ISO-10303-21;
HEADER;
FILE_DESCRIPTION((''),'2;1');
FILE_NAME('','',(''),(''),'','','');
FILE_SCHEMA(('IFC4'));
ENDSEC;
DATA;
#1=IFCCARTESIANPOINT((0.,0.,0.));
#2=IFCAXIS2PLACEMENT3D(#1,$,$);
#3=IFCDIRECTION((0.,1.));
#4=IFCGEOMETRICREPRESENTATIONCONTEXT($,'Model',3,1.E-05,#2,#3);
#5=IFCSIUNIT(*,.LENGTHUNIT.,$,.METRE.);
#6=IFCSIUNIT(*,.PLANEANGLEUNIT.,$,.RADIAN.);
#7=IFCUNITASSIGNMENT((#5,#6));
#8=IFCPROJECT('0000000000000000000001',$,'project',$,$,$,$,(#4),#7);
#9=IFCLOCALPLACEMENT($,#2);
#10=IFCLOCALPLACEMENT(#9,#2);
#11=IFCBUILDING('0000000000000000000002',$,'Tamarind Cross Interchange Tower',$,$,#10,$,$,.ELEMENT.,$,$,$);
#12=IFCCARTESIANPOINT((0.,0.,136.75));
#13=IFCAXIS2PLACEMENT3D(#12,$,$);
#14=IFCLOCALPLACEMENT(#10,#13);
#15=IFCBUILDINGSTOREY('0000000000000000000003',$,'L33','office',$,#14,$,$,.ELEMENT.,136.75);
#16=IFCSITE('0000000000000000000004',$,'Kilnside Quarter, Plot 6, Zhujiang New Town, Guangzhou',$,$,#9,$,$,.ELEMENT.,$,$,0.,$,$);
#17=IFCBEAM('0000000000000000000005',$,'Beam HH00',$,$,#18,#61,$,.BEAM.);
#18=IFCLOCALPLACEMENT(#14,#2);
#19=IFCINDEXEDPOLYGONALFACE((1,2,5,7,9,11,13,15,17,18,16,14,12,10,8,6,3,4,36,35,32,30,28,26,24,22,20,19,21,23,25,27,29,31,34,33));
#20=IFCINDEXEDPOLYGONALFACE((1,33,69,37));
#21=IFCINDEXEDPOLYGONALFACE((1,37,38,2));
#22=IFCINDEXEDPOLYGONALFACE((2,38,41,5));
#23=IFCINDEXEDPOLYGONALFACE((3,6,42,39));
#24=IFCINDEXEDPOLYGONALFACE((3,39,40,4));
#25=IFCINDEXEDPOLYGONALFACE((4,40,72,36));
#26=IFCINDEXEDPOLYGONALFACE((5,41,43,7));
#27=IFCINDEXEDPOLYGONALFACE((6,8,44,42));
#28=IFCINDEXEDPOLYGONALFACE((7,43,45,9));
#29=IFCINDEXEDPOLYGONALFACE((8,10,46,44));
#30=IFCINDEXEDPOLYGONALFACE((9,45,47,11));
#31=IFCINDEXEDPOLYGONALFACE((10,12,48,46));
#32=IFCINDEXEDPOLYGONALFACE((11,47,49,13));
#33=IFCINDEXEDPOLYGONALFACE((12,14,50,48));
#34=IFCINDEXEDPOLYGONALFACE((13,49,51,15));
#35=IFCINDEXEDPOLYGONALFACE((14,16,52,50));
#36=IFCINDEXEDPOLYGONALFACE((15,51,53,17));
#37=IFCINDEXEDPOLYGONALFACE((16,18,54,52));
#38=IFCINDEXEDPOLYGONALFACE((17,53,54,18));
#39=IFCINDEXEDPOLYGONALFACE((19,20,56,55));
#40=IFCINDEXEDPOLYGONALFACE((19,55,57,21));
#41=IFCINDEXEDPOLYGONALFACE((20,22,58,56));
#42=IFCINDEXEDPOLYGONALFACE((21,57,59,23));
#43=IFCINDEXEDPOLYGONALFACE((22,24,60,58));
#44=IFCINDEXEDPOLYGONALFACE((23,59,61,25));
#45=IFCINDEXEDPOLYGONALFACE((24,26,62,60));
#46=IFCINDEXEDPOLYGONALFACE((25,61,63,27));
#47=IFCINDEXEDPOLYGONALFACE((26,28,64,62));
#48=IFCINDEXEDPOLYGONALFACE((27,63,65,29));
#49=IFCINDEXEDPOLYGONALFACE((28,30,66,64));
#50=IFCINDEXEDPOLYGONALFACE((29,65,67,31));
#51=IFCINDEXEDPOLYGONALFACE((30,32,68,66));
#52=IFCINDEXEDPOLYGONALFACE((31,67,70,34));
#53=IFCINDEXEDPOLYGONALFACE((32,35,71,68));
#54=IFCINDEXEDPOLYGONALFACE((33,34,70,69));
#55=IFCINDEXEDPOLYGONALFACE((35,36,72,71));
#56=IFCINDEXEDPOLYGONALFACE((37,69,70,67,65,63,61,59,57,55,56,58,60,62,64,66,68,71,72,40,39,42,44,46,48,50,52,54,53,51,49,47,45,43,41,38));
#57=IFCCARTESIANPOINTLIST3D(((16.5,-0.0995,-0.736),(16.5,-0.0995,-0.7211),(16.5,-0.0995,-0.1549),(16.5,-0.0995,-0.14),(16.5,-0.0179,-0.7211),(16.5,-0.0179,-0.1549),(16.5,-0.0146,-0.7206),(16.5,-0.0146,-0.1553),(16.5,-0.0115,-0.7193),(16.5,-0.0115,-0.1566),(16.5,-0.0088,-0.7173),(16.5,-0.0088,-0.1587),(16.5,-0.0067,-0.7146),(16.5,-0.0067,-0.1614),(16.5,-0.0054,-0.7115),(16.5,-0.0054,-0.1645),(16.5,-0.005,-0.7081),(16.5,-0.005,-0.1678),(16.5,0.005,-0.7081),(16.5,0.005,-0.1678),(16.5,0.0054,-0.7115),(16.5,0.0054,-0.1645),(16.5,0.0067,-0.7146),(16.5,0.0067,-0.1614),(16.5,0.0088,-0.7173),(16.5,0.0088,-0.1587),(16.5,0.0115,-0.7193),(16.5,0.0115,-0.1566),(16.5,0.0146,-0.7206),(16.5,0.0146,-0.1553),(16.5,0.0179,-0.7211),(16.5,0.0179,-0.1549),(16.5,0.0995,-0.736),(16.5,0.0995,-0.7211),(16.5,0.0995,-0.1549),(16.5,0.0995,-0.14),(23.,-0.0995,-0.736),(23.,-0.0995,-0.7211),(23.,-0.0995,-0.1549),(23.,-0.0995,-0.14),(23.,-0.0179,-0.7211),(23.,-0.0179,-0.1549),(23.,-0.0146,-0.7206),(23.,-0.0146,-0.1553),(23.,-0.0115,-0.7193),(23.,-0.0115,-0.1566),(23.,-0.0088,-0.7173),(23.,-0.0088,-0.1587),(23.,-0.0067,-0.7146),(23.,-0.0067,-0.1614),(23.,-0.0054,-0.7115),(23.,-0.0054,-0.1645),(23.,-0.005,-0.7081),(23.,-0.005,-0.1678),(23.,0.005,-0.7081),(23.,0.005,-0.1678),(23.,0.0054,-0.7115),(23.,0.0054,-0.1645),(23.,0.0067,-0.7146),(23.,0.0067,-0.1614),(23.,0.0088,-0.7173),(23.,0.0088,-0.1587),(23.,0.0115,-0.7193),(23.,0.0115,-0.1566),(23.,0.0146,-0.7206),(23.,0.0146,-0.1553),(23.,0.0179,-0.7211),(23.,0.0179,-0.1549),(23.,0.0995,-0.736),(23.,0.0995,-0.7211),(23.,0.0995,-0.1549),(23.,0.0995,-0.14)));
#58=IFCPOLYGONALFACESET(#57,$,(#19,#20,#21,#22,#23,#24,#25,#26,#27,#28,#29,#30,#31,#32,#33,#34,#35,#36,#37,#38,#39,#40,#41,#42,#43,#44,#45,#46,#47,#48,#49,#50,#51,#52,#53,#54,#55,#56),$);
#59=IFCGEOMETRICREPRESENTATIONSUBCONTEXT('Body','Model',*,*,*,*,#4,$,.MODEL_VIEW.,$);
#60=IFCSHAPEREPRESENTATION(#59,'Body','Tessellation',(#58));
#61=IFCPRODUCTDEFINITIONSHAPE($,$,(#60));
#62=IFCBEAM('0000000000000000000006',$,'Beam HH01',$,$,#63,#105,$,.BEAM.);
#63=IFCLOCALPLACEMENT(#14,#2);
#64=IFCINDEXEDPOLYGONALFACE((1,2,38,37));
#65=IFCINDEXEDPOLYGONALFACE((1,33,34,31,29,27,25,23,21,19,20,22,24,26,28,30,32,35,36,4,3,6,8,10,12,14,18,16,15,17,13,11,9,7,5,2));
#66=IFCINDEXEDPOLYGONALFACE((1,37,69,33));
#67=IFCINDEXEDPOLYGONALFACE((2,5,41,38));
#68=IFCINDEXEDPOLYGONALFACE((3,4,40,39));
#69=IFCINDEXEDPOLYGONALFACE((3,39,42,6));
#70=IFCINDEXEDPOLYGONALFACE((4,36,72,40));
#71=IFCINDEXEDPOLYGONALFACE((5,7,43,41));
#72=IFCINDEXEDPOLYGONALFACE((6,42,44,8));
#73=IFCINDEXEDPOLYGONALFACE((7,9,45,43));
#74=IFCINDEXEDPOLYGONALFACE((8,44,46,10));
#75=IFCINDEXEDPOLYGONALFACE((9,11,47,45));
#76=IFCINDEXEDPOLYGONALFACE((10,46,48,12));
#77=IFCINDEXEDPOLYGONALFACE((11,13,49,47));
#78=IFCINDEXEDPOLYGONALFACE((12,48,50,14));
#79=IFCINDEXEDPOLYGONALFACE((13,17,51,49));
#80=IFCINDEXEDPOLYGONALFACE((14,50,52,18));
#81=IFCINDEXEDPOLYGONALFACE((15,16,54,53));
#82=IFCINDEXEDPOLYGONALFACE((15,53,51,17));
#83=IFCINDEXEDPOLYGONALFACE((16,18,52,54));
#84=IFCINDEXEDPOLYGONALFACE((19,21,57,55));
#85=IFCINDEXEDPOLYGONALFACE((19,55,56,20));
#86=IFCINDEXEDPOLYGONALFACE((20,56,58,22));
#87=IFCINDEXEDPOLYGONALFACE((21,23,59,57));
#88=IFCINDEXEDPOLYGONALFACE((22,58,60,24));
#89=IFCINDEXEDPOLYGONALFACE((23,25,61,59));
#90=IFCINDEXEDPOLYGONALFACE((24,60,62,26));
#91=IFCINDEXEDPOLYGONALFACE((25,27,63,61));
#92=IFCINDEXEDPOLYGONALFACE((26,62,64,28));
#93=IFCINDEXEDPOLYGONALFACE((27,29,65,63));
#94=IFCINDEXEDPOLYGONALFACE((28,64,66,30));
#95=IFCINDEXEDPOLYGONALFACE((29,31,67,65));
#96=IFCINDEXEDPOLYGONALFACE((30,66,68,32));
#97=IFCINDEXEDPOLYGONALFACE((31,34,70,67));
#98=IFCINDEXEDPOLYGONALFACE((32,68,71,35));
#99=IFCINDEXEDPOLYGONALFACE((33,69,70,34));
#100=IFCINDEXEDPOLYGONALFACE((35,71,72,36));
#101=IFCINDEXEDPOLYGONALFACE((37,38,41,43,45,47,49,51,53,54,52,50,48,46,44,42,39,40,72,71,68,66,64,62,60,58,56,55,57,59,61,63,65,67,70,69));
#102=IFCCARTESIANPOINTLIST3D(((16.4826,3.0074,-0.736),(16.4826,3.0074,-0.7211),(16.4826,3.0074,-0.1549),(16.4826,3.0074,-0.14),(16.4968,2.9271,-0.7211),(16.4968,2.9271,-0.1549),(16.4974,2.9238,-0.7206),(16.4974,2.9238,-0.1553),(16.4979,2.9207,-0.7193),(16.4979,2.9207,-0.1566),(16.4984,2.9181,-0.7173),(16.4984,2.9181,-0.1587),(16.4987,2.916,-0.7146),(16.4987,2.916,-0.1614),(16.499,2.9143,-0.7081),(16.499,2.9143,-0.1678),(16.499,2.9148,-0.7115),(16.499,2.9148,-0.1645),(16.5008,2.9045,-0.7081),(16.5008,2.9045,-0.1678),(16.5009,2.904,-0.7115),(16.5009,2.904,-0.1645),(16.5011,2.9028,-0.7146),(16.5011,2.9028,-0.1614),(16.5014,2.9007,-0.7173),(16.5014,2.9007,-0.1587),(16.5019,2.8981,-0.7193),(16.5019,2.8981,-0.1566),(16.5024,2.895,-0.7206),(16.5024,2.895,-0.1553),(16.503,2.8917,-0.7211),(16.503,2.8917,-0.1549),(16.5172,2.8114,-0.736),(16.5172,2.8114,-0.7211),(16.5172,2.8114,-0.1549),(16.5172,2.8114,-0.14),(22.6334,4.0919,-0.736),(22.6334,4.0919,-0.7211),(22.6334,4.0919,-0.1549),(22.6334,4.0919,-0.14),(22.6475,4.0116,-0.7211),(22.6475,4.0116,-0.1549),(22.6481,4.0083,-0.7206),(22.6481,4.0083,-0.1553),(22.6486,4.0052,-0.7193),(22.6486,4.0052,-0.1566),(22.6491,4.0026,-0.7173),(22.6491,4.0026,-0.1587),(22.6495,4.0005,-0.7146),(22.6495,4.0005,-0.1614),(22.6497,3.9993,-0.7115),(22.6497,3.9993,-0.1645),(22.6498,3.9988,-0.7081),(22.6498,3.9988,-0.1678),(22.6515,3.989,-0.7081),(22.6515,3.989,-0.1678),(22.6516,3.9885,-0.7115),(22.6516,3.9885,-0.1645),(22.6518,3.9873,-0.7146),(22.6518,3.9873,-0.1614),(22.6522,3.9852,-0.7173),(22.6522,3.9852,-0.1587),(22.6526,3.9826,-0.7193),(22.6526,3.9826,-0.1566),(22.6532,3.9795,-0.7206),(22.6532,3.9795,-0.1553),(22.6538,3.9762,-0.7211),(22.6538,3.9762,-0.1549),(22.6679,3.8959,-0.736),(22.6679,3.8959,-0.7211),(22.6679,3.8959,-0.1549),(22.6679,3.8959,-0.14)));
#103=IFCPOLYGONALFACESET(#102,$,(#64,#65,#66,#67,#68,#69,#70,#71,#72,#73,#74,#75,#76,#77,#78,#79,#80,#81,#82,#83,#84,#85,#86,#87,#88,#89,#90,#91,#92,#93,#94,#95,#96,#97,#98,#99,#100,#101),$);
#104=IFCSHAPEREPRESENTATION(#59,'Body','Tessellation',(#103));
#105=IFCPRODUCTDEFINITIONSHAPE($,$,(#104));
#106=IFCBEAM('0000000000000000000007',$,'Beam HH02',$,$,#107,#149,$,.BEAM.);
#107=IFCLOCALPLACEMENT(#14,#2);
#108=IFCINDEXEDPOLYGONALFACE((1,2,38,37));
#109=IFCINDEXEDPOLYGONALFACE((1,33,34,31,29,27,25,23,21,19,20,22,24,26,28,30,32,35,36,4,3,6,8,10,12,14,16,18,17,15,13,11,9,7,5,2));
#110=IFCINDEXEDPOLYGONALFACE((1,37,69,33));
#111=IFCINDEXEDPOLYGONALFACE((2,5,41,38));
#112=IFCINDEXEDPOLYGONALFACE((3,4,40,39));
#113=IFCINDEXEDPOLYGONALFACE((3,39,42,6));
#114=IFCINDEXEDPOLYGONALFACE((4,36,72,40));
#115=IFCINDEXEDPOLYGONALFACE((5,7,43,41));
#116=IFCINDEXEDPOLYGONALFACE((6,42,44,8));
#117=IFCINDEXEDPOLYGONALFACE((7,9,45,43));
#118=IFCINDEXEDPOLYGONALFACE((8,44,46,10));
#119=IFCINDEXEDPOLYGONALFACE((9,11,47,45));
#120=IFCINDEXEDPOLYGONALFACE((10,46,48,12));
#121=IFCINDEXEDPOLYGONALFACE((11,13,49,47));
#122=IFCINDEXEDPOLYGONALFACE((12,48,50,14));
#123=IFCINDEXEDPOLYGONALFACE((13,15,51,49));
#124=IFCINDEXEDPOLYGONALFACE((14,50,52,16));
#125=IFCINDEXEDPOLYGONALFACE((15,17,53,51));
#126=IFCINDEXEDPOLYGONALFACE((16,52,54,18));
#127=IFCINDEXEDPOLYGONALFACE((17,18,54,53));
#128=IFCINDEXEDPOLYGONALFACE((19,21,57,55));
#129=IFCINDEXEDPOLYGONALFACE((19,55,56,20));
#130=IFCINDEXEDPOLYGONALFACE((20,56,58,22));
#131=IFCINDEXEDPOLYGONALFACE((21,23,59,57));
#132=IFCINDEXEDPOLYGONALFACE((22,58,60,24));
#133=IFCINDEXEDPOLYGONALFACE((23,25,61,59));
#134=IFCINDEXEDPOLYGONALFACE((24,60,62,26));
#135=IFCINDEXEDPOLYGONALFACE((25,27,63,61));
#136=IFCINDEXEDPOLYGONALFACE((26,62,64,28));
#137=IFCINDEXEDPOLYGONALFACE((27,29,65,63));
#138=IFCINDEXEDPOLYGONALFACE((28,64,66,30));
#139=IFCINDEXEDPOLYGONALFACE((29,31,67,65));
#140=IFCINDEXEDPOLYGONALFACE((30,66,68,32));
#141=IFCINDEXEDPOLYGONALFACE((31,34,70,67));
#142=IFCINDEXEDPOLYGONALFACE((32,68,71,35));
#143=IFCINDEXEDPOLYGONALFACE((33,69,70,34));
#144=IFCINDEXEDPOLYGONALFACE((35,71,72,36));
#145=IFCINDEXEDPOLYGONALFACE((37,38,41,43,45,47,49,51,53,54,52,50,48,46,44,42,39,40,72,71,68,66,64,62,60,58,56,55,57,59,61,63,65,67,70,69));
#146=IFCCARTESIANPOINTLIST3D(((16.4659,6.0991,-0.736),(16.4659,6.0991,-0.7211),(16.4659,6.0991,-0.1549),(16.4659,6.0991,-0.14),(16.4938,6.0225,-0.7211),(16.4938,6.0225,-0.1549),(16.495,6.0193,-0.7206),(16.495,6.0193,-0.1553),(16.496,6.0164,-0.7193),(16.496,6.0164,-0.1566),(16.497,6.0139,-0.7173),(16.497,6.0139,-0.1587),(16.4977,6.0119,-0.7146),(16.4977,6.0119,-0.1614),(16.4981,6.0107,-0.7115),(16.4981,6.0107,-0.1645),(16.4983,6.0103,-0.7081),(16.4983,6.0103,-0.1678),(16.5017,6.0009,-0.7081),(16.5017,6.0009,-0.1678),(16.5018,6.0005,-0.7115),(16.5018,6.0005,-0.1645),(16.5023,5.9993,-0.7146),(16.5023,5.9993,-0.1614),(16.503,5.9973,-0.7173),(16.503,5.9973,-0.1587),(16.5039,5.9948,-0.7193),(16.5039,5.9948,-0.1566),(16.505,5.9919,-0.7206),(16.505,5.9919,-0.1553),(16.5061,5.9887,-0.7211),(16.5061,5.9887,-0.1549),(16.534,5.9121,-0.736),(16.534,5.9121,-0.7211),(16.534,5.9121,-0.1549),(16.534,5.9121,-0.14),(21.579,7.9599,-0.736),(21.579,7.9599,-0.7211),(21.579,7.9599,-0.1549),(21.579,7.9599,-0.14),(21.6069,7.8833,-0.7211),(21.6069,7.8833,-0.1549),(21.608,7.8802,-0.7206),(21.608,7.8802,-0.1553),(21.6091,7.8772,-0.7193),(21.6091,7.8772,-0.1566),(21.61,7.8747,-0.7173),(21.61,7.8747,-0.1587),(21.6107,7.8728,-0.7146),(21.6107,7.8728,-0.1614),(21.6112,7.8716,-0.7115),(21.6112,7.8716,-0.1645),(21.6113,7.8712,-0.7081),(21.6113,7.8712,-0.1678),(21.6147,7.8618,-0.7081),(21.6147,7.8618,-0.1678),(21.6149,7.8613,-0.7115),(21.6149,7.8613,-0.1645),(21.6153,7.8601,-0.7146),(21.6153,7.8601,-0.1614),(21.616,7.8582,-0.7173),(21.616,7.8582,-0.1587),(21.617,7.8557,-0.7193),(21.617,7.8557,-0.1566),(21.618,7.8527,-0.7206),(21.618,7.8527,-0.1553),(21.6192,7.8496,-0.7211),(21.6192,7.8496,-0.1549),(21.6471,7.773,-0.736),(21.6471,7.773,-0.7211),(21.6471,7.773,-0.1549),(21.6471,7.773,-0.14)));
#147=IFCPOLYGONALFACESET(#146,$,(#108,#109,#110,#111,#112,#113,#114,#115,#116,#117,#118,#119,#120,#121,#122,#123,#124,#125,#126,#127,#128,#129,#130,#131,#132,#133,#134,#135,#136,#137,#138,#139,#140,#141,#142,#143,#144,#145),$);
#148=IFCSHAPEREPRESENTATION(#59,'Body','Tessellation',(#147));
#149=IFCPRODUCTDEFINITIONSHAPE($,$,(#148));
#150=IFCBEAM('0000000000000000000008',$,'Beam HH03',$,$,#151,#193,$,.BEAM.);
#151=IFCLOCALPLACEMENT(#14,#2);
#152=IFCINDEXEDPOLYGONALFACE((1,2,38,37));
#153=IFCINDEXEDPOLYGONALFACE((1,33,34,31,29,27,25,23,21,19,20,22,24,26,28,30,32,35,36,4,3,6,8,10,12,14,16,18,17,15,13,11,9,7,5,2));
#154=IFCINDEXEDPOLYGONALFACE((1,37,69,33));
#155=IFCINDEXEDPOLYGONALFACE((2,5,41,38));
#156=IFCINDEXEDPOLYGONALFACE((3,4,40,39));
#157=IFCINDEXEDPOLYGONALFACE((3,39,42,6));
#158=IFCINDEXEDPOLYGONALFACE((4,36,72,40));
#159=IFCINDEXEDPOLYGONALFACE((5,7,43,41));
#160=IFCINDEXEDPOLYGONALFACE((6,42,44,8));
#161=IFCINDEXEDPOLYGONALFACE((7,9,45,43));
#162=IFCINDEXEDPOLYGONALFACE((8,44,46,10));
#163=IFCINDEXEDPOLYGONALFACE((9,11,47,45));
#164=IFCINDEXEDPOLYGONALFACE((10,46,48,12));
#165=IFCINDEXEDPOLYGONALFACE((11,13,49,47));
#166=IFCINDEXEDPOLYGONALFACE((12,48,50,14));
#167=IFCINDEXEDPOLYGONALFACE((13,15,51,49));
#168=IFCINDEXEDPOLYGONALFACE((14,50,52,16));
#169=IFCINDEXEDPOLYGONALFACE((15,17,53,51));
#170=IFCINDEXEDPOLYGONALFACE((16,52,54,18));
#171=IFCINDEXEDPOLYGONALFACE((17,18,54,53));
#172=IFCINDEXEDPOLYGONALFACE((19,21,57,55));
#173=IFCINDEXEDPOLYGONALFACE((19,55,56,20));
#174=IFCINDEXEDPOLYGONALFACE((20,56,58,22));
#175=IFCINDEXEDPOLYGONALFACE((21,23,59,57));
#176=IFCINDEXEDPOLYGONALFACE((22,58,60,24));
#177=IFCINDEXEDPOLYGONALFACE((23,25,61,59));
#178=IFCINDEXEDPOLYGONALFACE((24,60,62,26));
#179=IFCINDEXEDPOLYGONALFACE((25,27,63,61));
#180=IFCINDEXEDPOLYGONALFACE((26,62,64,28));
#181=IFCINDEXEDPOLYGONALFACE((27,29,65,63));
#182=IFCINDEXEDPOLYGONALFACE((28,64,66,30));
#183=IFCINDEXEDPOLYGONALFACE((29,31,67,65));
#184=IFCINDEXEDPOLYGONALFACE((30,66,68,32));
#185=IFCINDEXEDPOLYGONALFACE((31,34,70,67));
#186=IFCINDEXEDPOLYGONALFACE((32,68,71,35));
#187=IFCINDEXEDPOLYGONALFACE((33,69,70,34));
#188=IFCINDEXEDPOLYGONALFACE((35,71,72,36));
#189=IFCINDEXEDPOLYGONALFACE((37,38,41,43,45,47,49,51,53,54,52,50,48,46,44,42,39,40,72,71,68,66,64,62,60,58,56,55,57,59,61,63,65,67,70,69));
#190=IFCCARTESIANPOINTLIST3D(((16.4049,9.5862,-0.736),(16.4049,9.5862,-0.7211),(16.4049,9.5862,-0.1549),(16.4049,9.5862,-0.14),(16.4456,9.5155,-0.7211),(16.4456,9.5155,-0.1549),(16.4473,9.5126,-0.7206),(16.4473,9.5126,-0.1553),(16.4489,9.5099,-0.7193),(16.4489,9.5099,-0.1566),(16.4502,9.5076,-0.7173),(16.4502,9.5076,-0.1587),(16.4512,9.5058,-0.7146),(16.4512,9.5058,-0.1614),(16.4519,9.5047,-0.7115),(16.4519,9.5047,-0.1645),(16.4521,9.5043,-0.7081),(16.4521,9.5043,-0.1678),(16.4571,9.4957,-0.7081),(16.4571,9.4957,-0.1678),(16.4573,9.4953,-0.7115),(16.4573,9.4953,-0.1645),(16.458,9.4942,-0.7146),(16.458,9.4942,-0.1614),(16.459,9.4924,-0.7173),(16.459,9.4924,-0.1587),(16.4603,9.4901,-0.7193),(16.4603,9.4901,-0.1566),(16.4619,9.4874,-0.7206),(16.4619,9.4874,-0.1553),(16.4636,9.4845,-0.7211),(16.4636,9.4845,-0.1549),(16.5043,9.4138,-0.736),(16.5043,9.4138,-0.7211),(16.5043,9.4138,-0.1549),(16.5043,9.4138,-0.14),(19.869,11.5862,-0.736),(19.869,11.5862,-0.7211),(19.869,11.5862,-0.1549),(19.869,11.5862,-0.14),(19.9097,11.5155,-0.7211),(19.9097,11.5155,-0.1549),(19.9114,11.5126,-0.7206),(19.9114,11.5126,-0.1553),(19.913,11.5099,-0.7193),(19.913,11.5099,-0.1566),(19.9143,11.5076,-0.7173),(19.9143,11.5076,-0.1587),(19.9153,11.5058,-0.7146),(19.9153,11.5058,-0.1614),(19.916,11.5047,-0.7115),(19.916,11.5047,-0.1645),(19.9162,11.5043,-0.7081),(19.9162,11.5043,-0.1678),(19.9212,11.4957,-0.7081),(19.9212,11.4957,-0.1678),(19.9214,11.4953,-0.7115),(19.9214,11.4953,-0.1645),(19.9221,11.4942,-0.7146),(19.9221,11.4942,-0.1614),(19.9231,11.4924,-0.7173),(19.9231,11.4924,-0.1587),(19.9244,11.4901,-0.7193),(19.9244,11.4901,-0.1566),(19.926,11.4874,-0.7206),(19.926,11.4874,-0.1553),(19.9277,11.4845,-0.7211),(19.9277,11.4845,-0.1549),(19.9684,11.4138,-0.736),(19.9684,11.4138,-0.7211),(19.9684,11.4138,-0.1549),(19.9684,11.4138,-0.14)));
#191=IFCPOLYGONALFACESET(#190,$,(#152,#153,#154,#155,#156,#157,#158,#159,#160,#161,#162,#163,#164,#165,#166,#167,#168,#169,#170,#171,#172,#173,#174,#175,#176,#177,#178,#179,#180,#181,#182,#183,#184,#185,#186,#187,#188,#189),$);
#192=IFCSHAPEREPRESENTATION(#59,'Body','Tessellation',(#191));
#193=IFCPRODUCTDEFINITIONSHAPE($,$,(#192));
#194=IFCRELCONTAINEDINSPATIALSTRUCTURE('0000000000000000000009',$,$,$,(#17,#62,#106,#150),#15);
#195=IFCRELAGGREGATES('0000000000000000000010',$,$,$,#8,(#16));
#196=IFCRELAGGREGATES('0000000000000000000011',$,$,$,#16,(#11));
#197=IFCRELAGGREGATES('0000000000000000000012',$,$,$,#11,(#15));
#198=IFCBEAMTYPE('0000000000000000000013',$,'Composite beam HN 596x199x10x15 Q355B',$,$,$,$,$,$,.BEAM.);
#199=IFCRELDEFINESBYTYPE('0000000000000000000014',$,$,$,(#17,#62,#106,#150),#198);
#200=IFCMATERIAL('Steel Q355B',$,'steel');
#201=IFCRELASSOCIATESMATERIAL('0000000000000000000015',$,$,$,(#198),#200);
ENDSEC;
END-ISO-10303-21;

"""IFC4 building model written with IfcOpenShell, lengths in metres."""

from ifc_helpers import new_model, si_unit, direction, frame, origin, origin_2d, place, context, subcontext, project, spatial, i_section, extrude, material, material_profile, profile_set, type_object, element, save


model = new_model("IFC4")

# Units and contexts
model_context = context("Model", 3, precision=1e-05, world=origin(), true_north=direction((0.0, 1.0)))
body_context = subcontext(model_context, "Body", "Model", "MODEL_VIEW")
ifc_project = project(units=[si_unit("LENGTHUNIT", "METRE"), si_unit("PLANEANGLEUNIT", "RADIAN")], contexts=[model_context])

# Site, building, storey
site_placement = place(None, origin())
site = spatial("IfcSite", under=ifc_project, at=site_placement, Name="Kilnside Quarter, Plot 6, Zhujiang New Town, Guangzhou", CompositionType="ELEMENT", RefElevation=0.0)
building_placement = place(site_placement, origin())
building = spatial("IfcBuilding", under=site, at=building_placement, Name="Tamarind Cross Interchange Tower", CompositionType="ELEMENT")
storey_placement = place(building_placement, frame((0.0, 0.0, 136.75)))
storey = spatial("IfcBuildingStorey", under=building, at=storey_placement, Name="L33", Description="office", CompositionType="ELEMENT", Elevation=136.75)

# Beams
ifc_material_1 = material(Name="Steel Q355B", Category="steel")
ifc_material_profile_1 = material_profile(ifc_material_1, i_section(OverallWidth=0.199, OverallDepth=0.5959, WebThickness=0.01, FlangeThickness=0.0149, FilletRadius=0.0129, at=origin_2d()), Name="HN 596x199x10x15")
ifc_profile_set_1 = profile_set([ifc_material_profile_1], Name="Steel Q355B")
beam_type_1 = type_object("IfcBeamType", Name="Composite beam HN 596x199x10x15 Q355B", PredefinedType="BEAM", material=ifc_profile_set_1)
beam_1_placement = place(storey_placement, frame((23.0, 0.0, -0.438), z_axis=(-1.0, 0.0, 0.0), x_axis=(0.0, -1.0, 0.0)))
element("IfcBeam", 1, at=beam_1_placement, inside=storey, type_object=beam_type_1, Name="Beam HH00", PredefinedType="BEAM", context=body_context, shape_type="SweptSolid", body=[
    extrude(i_section(OverallWidth=0.199, OverallDepth=0.5959, WebThickness=0.01, FlangeThickness=0.0149, FilletRadius=0.0129, at=origin_2d()), origin(), (0.0, 0.0, 1.0), 6.5),
])
beam_2_placement = place(storey_placement, frame((22.6506, 3.9939, -0.438), z_axis=(-0.984809, -0.17364, 0.0), x_axis=(0.17364, -0.984809, 0.0)))
element("IfcBeam", 2, at=beam_2_placement, inside=storey, type_object=beam_type_1, Name="Beam HH01", PredefinedType="BEAM", context=body_context, shape_type="SweptSolid", body=[
    extrude(i_section(OverallWidth=0.199, OverallDepth=0.5959, WebThickness=0.01, FlangeThickness=0.0149, FilletRadius=0.0129, at=origin_2d()), origin(), (0.0, 0.0, 1.0), 6.2456),
])
beam_3_placement = place(storey_placement, frame((21.613, 7.8665, -0.438), z_axis=(-0.939702, -0.341995, 0.0), x_axis=(0.341995, -0.939702, 0.0)))
element("IfcBeam", 3, at=beam_3_placement, inside=storey, type_object=beam_type_1, Name="Beam HH02", PredefinedType="BEAM", context=body_context, shape_type="SweptSolid", body=[
    extrude(i_section(OverallWidth=0.199, OverallDepth=0.5959, WebThickness=0.01, FlangeThickness=0.0149, FilletRadius=0.0129, at=origin_2d()), origin(), (0.0, 0.0, 1.0), 5.4412),
])
beam_4_placement = place(storey_placement, frame((19.9187, 11.5, -0.438), z_axis=(-0.866026, -0.499999, 0.0), x_axis=(0.499999, -0.866026, 0.0)))
element("IfcBeam", 4, at=beam_4_placement, inside=storey, type_object=beam_type_1, Name="Beam HH03", PredefinedType="BEAM", context=body_context, shape_type="SweptSolid", body=[
    extrude(i_section(OverallWidth=0.199, OverallDepth=0.5959, WebThickness=0.01, FlangeThickness=0.0149, FilletRadius=0.0129, at=origin_2d()), origin(), (0.0, 0.0, 1.0), 4.0),
])

save(model, "model.ifc")
